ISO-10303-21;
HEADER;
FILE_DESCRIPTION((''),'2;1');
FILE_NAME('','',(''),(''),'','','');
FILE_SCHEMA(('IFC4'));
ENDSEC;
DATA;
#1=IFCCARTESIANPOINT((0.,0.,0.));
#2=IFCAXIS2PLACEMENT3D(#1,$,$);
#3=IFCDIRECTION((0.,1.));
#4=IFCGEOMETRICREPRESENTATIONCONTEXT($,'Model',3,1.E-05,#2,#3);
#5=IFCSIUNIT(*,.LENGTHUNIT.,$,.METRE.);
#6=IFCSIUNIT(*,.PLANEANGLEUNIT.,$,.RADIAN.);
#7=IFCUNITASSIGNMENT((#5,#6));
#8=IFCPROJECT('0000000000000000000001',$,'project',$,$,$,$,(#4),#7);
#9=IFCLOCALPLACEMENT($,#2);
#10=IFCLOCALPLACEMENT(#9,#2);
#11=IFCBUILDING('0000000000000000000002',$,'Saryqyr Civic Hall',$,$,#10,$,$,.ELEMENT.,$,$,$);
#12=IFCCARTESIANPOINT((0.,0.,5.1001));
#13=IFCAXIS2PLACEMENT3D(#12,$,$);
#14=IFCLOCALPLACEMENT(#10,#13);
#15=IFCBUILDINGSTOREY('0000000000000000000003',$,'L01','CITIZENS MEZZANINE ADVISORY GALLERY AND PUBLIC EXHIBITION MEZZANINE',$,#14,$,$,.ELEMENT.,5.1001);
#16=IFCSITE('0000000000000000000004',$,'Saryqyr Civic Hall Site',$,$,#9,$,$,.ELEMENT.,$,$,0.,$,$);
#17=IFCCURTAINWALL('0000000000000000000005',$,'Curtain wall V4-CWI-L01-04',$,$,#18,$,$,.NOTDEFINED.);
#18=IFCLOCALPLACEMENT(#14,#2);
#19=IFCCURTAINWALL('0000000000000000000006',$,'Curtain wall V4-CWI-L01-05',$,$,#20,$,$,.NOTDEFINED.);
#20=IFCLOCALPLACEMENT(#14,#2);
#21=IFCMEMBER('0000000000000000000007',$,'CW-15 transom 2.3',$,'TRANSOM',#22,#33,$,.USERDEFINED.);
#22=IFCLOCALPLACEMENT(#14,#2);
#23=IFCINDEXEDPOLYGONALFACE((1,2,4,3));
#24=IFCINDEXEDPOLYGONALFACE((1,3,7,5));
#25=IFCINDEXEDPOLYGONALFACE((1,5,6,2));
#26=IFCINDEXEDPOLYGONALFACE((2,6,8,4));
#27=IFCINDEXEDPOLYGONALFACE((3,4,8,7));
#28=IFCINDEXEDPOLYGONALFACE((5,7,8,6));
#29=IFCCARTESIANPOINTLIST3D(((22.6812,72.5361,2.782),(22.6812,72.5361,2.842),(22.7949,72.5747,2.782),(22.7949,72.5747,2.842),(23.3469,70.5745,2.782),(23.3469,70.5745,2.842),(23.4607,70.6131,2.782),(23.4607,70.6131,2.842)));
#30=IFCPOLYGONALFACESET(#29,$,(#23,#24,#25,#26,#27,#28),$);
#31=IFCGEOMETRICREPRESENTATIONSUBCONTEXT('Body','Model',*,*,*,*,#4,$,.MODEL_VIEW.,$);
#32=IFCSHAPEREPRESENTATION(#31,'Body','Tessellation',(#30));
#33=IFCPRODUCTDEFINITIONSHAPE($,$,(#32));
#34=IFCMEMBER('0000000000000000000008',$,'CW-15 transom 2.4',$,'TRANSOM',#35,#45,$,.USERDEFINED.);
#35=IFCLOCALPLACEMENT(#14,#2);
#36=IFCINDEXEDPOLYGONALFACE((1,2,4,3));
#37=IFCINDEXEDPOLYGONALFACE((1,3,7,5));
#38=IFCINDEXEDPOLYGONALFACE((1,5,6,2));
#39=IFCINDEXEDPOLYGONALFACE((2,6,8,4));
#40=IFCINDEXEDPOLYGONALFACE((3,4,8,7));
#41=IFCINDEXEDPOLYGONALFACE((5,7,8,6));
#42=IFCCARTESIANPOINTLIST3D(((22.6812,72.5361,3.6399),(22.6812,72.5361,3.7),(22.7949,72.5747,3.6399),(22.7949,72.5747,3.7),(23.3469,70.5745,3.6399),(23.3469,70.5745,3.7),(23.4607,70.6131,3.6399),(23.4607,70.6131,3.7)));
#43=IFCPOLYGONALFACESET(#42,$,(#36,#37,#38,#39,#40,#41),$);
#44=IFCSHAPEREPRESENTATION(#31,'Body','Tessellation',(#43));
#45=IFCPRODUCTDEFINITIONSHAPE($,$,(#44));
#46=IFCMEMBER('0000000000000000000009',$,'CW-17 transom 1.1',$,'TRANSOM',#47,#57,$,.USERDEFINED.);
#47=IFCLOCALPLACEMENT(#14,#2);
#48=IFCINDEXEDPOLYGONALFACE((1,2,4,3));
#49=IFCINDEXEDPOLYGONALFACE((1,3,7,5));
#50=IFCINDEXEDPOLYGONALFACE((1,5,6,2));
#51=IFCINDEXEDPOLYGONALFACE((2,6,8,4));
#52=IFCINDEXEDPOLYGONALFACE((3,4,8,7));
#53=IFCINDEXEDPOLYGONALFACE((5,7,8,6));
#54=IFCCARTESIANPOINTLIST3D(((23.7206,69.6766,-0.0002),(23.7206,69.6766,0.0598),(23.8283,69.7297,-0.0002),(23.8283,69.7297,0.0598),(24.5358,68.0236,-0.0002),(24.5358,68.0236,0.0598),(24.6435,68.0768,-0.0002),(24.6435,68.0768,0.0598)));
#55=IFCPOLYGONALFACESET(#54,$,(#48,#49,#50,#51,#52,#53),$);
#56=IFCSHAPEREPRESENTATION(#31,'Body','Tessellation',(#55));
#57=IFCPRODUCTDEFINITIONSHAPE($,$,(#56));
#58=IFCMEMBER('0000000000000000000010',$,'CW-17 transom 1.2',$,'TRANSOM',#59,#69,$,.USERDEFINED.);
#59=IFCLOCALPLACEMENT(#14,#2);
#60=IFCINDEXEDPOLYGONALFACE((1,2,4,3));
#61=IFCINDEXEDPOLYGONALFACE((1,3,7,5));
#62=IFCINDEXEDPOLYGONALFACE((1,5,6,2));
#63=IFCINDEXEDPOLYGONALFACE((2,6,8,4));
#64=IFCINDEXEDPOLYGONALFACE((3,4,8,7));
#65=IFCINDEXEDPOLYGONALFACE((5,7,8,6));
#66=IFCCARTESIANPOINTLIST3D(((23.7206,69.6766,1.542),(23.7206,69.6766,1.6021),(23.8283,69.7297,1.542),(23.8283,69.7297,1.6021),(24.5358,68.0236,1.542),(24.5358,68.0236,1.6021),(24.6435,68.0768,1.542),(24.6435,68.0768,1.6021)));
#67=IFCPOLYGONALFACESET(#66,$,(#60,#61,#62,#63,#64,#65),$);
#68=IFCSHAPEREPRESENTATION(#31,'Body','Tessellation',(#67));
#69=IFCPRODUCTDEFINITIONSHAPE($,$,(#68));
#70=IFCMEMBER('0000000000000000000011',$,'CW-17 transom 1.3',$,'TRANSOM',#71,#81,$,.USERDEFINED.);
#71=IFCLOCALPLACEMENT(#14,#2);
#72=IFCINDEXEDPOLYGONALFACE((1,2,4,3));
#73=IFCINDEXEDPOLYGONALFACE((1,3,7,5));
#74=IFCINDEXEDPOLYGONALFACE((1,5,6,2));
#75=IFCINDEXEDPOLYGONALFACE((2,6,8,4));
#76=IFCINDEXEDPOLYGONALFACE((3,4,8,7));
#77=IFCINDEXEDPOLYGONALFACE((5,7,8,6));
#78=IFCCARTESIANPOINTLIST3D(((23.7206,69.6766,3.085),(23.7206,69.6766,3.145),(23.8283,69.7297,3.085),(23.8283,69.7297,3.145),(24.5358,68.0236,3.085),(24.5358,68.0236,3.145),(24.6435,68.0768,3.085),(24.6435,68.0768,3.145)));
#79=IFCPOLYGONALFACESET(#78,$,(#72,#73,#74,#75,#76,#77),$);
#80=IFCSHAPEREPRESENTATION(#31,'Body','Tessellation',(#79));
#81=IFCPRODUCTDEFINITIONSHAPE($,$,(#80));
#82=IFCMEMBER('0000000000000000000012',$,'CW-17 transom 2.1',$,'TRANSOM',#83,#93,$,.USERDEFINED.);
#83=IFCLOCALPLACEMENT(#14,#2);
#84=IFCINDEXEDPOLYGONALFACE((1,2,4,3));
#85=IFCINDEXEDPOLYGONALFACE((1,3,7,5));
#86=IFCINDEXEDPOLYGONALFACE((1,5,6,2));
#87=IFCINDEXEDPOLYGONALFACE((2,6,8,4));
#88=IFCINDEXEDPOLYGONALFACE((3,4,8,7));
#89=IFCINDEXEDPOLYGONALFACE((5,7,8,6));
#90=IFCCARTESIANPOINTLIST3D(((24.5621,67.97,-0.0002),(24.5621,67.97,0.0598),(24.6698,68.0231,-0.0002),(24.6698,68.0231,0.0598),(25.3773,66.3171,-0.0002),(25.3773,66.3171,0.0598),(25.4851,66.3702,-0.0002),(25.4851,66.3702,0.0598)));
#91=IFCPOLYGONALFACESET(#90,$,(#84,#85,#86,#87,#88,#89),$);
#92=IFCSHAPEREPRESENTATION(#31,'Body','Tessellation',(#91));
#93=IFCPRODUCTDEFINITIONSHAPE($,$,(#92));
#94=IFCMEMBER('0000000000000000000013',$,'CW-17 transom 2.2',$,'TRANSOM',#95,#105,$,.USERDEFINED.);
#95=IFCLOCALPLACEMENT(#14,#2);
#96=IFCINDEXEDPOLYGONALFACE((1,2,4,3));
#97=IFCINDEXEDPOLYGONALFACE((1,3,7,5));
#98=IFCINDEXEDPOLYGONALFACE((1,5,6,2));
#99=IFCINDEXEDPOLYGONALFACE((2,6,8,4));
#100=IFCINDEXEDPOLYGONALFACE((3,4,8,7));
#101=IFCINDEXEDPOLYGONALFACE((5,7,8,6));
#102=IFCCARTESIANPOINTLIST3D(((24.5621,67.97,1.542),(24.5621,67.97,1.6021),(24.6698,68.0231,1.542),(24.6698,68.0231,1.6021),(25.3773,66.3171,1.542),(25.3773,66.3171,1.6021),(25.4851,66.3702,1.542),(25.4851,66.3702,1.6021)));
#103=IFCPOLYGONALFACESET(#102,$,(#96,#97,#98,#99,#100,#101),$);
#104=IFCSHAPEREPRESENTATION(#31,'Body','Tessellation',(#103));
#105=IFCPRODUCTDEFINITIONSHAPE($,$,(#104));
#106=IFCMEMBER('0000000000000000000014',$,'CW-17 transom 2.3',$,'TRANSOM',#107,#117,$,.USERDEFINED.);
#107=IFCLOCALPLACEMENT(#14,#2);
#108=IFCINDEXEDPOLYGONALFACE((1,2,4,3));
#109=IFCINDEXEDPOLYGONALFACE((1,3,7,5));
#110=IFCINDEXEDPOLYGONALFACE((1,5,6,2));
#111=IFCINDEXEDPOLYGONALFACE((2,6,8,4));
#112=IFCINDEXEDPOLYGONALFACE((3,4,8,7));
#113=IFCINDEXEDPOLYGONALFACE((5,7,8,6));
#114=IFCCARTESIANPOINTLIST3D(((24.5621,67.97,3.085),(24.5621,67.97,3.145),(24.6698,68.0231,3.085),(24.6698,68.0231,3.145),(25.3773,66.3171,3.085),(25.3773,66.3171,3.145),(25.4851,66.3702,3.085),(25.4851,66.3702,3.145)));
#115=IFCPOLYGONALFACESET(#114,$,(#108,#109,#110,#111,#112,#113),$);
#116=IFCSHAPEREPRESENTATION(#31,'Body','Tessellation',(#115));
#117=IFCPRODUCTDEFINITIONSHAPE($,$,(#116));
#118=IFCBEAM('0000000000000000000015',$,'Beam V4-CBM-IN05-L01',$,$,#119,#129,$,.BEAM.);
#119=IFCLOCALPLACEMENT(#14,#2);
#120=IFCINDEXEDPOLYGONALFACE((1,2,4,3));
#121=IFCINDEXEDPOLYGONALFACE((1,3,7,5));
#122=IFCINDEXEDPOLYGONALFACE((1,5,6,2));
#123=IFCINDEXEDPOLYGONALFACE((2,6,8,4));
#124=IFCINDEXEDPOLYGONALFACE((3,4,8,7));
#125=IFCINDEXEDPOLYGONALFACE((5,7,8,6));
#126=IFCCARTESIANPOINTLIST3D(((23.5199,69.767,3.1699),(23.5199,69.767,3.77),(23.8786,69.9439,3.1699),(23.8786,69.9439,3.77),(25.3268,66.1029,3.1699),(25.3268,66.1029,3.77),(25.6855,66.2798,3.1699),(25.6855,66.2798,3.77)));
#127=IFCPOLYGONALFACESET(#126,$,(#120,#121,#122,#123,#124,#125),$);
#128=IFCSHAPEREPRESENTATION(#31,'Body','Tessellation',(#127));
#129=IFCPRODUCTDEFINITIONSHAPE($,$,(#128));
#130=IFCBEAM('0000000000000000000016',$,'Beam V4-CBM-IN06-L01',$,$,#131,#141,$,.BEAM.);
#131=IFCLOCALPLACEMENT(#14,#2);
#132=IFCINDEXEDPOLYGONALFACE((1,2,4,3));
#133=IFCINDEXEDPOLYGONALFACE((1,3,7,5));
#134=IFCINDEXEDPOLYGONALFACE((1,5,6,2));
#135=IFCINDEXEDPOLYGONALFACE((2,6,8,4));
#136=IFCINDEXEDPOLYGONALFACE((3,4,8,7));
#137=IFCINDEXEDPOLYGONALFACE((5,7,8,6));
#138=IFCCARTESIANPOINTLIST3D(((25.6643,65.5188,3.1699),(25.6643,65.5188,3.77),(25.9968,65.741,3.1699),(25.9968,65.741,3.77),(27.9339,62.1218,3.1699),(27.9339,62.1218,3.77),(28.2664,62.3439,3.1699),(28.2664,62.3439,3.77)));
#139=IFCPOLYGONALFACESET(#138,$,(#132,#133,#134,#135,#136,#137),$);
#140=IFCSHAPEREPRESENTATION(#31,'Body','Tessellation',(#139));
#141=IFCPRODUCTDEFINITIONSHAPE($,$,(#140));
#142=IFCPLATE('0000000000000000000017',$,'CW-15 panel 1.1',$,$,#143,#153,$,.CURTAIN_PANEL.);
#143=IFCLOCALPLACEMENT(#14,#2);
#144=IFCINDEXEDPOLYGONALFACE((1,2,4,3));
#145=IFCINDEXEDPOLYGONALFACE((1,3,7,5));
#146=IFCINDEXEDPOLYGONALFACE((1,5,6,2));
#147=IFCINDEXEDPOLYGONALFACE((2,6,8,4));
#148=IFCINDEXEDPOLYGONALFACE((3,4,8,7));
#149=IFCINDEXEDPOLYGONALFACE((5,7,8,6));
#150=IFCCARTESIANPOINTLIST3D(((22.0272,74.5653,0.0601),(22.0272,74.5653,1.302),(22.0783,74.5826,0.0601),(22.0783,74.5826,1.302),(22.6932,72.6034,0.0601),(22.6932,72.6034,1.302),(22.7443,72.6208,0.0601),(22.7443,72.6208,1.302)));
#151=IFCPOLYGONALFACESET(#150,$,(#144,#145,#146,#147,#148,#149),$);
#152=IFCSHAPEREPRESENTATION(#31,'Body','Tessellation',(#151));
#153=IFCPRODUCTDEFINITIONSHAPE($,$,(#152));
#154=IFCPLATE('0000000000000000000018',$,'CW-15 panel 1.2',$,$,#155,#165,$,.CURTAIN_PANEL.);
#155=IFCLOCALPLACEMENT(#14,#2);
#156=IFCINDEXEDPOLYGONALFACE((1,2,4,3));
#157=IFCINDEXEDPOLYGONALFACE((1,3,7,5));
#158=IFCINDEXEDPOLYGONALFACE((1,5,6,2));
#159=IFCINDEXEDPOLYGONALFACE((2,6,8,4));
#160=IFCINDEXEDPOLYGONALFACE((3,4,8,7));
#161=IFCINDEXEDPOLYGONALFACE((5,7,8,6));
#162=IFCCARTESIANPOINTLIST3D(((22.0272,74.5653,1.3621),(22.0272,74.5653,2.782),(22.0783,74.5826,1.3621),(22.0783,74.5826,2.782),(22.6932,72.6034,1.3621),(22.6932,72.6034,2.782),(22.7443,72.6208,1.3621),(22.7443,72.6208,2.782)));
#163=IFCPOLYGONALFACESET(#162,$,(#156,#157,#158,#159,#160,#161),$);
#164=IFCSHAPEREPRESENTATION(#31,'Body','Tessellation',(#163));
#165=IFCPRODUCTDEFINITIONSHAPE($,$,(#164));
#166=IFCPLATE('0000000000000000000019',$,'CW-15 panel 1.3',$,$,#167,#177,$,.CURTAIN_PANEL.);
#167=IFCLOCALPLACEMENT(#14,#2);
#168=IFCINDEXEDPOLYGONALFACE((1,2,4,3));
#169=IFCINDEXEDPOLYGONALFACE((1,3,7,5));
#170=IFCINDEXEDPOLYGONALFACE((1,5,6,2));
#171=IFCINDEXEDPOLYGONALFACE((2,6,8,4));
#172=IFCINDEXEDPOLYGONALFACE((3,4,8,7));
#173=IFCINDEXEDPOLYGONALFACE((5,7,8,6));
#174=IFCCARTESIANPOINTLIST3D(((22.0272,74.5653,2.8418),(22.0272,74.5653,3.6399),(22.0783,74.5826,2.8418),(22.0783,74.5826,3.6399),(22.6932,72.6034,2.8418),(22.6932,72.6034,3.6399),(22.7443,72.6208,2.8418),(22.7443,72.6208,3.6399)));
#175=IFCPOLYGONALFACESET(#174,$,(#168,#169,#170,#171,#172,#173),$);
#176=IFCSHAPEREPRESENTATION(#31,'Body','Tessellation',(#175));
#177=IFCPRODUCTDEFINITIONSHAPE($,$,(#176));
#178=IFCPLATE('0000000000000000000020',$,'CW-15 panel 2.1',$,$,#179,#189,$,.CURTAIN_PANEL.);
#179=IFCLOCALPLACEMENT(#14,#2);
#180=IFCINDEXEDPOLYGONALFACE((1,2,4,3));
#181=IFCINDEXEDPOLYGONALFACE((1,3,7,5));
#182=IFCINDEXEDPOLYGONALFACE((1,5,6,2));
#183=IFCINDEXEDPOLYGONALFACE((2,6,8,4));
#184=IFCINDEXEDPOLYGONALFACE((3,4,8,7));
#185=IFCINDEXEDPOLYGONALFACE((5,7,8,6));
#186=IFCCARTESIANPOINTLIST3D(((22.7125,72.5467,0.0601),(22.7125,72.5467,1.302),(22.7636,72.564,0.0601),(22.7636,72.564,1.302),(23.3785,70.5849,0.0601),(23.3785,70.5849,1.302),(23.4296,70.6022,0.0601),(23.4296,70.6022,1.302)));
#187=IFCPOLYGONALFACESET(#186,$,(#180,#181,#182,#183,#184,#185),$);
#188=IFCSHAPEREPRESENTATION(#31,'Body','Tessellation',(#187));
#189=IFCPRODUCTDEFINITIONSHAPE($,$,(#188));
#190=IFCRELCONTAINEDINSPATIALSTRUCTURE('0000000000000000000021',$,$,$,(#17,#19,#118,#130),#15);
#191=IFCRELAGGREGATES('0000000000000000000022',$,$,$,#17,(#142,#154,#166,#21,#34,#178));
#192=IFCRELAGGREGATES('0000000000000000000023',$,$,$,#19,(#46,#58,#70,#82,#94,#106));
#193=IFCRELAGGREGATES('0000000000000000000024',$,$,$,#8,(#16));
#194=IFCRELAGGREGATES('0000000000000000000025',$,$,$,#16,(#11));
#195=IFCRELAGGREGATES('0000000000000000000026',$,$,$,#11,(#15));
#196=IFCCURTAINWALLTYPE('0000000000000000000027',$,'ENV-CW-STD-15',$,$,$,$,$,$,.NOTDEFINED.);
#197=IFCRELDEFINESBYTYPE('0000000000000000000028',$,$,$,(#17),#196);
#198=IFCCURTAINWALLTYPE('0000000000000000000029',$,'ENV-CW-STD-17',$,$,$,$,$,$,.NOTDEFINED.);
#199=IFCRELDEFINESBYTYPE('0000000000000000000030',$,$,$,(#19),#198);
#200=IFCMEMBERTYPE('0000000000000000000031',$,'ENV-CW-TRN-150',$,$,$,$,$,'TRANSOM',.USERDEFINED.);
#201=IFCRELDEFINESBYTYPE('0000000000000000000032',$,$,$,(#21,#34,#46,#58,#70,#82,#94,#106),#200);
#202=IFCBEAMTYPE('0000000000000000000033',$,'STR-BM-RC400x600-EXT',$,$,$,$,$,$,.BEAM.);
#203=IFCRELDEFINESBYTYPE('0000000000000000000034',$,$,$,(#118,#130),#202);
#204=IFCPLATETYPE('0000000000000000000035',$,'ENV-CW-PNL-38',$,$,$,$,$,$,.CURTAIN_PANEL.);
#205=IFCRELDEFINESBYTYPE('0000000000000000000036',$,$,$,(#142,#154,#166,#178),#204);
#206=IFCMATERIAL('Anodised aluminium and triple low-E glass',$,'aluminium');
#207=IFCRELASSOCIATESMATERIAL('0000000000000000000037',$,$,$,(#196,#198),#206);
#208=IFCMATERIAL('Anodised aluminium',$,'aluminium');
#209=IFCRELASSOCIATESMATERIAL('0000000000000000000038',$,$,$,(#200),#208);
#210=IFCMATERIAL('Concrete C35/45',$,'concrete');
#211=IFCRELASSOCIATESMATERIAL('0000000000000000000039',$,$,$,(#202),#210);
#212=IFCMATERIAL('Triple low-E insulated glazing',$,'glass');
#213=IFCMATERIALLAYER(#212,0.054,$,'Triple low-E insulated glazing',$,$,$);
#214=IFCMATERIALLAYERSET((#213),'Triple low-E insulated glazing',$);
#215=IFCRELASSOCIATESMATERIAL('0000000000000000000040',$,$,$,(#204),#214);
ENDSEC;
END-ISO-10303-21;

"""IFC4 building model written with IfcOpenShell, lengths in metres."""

from ifc_helpers import new_model, si_unit, direction, frame, origin, origin_2d, place, context, subcontext, project, spatial, rectangle, extrude, material, layer, layer_set, material_profile, profile_set, type_object, element, aggregate, save


model = new_model("IFC4")

# Units and contexts
model_context = context("Model", 3, precision=1e-05, world=origin(), true_north=direction((0.0, 1.0)))
body_context = subcontext(model_context, "Body", "Model", "MODEL_VIEW")
ifc_project = project(units=[si_unit("LENGTHUNIT", "METRE"), si_unit("PLANEANGLEUNIT", "RADIAN")], contexts=[model_context])

# Site, building, storey
site_placement = place(None, origin())
site = spatial("IfcSite", under=ifc_project, at=site_placement, Name="Saryqyr Civic Hall Site", CompositionType="ELEMENT", RefElevation=0.0)
building_placement = place(site_placement, origin())
building = spatial("IfcBuilding", under=site, at=building_placement, Name="Saryqyr Civic Hall", CompositionType="ELEMENT")
storey_placement = place(building_placement, frame((0.0, 0.0, 5.1001)))
storey = spatial("IfcBuildingStorey", under=building, at=storey_placement, Name="L01", Description="CITIZENS MEZZANINE ADVISORY GALLERY AND PUBLIC EXHIBITION MEZZANINE", CompositionType="ELEMENT", Elevation=5.1001)

# Curtain walls
ifc_material_1 = material(Name="Anodised aluminium and triple low-E glass", Category="aluminium")
curtain_wall_type_1 = type_object("IfcCurtainWallType", Name="ENV-CW-STD-15", PredefinedType="NOTDEFINED", material=ifc_material_1)
curtain_wall_1_placement = place(storey_placement, origin())
curtain_wall_1 = element("IfcCurtainWall", 1, at=curtain_wall_1_placement, inside=storey, type_object=curtain_wall_type_1, Name="Curtain wall V4-CWI-L01-04", PredefinedType="NOTDEFINED")
ifc_material_2 = material(Name="Anodised aluminium", Category="aluminium")
curtain_wall_type_2 = type_object("IfcCurtainWallType", Name="ENV-CW-STD-17", PredefinedType="NOTDEFINED", material=ifc_material_1)
curtain_wall_2_placement = place(storey_placement, origin())
curtain_wall_2 = element("IfcCurtainWall", 2, at=curtain_wall_2_placement, inside=storey, type_object=curtain_wall_type_2, Name="Curtain wall V4-CWI-L01-05", PredefinedType="NOTDEFINED")

# Members
ifc_material_profile_1 = material_profile(ifc_material_2, rectangle(XDim=0.1201, YDim=0.0601, at=origin_2d()), Name="ALU TRANSOM 120x60")
ifc_profile_set_1 = profile_set([ifc_material_profile_1], Name="Anodised aluminium")
member_type_1 = type_object("IfcMemberType", Name="ENV-CW-TRN-150", ElementType="TRANSOM", PredefinedType="USERDEFINED", material=ifc_profile_set_1)
member_1_placement = place(storey_placement, frame((22.738, 72.5554, 2.812), z_axis=(0.321385, -0.946949, 0.0), x_axis=(0.946949, 0.321385, 0.0)))
member_1 = element("IfcMember", 3, at=member_1_placement, type_object=member_type_1, Name="CW-15 transom 2.3", ObjectType="TRANSOM", PredefinedType="USERDEFINED", context=body_context, shape_type="SweptSolid", body=[
    extrude(rectangle(XDim=0.1201, YDim=0.0601, at=origin_2d()), origin(), (0.0, 0.0, 1.0), 2.0715),
])
member_2_placement = place(storey_placement, frame((22.738, 72.5554, 3.6699), z_axis=(0.321385, -0.946949, 0.0), x_axis=(0.946949, 0.321385, 0.0)))
member_2 = element("IfcMember", 4, at=member_2_placement, type_object=member_type_1, Name="CW-15 transom 2.4", ObjectType="TRANSOM", PredefinedType="USERDEFINED", context=body_context, shape_type="SweptSolid", body=[
    extrude(rectangle(XDim=0.1201, YDim=0.0601, at=origin_2d()), origin(), (0.0, 0.0, 1.0), 2.0715),
])
member_3_placement = place(storey_placement, frame((23.7744, 69.7031, 0.0298), z_axis=(0.442332, -0.896851, 0.0), x_axis=(0.896851, 0.442332, 0.0)))
member_3 = element("IfcMember", 5, at=member_3_placement, type_object=member_type_1, Name="CW-17 transom 1.1", ObjectType="TRANSOM", PredefinedType="USERDEFINED", context=body_context, shape_type="SweptSolid", body=[
    extrude(rectangle(XDim=0.1201, YDim=0.0601, at=origin_2d()), origin(), (0.0, 0.0, 1.0), 1.843),
])
member_4_placement = place(storey_placement, frame((23.7744, 69.7031, 1.572), z_axis=(0.442332, -0.896851, 0.0), x_axis=(0.896851, 0.442332, 0.0)))
member_4 = element("IfcMember", 6, at=member_4_placement, type_object=member_type_1, Name="CW-17 transom 1.2", ObjectType="TRANSOM", PredefinedType="USERDEFINED", context=body_context, shape_type="SweptSolid", body=[
    extrude(rectangle(XDim=0.1201, YDim=0.0601, at=origin_2d()), origin(), (0.0, 0.0, 1.0), 1.843),
])
member_5_placement = place(storey_placement, frame((23.7744, 69.7031, 3.115), z_axis=(0.442332, -0.896851, 0.0), x_axis=(0.896851, 0.442332, 0.0)))
member_5 = element("IfcMember", 7, at=member_5_placement, type_object=member_type_1, Name="CW-17 transom 1.3", ObjectType="TRANSOM", PredefinedType="USERDEFINED", context=body_context, shape_type="SweptSolid", body=[
    extrude(rectangle(XDim=0.1201, YDim=0.0601, at=origin_2d()), origin(), (0.0, 0.0, 1.0), 1.843),
])
member_6_placement = place(storey_placement, frame((24.616, 67.9966, 0.0298), z_axis=(0.442332, -0.896851, 0.0), x_axis=(0.896851, 0.442332, 0.0)))
member_6 = element("IfcMember", 8, at=member_6_placement, type_object=member_type_1, Name="CW-17 transom 2.1", ObjectType="TRANSOM", PredefinedType="USERDEFINED", context=body_context, shape_type="SweptSolid", body=[
    extrude(rectangle(XDim=0.1201, YDim=0.0601, at=origin_2d()), origin(), (0.0, 0.0, 1.0), 1.843),
])
member_7_placement = place(storey_placement, frame((24.616, 67.9966, 1.572), z_axis=(0.442332, -0.896851, 0.0), x_axis=(0.896851, 0.442332, 0.0)))
member_7 = element("IfcMember", 9, at=member_7_placement, type_object=member_type_1, Name="CW-17 transom 2.2", ObjectType="TRANSOM", PredefinedType="USERDEFINED", context=body_context, shape_type="SweptSolid", body=[
    extrude(rectangle(XDim=0.1201, YDim=0.0601, at=origin_2d()), origin(), (0.0, 0.0, 1.0), 1.843),
])
member_8_placement = place(storey_placement, frame((24.616, 67.9966, 3.115), z_axis=(0.442332, -0.896851, 0.0), x_axis=(0.896851, 0.442332, 0.0)))
member_8 = element("IfcMember", 10, at=member_8_placement, type_object=member_type_1, Name="CW-17 transom 2.3", ObjectType="TRANSOM", PredefinedType="USERDEFINED", context=body_context, shape_type="SweptSolid", body=[
    extrude(rectangle(XDim=0.1201, YDim=0.0601, at=origin_2d()), origin(), (0.0, 0.0, 1.0), 1.843),
])

# Beams
ifc_material_3 = material(Name="Concrete C35/45", Category="concrete")
ifc_material_profile_2 = material_profile(ifc_material_3, rectangle(XDim=0.3999, YDim=0.6001, at=origin_2d()), Name="RC 400x600")
ifc_profile_set_2 = profile_set([ifc_material_profile_2], Name="Concrete C35/45")
beam_type = type_object("IfcBeamType", Name="STR-BM-RC400x600-EXT", PredefinedType="BEAM", material=ifc_profile_set_2)
for number, where, z_axis, x_axis, name in (
    (11, (23.6992, 69.8555, 3.47), (0.442283, -0.896876, 0.0), (0.896876, 0.442283, 0.0), "Beam V4-CBM-IN05-L01"),
    (12, (25.8306, 65.6299, 3.47), (0.555527, -0.831498, 0.0), (0.831498, 0.555527, 0.0), "Beam V4-CBM-IN06-L01"),
):
    element("IfcBeam", number, at=place(storey_placement, frame(where, z_axis=z_axis, x_axis=x_axis)), inside=storey, type_object=beam_type, Name=name, PredefinedType="BEAM", context=body_context, shape_type="SweptSolid", body=[
        extrude(rectangle(XDim=0.3999, YDim=0.6001, at=origin_2d()), origin(), (0.0, 0.0, 1.0), 4.0854),
    ])

# Plates
ifc_material_4 = material(Name="Triple low-E insulated glazing", Category="glass")
ifc_layer = layer(ifc_material_4, 0.054, Name="Triple low-E insulated glazing")
ifc_layer_set = layer_set([ifc_layer], Name="Triple low-E insulated glazing")
plate_type = type_object("IfcPlateType", Name="ENV-CW-PNL-38", PredefinedType="CURTAIN_PANEL", material=ifc_layer_set)
plate_1_placement = place(storey_placement, frame((22.3857, 73.593, 0.0601), z_axis=(0.0, 0.0, 1.0), x_axis=(0.321441, -0.94693, 0.0)))
plate_1 = element("IfcPlate", 13, at=plate_1_placement, type_object=plate_type, Name="CW-15 panel 1.1", PredefinedType="CURTAIN_PANEL", context=body_context, shape_type="SweptSolid", body=[
    extrude(rectangle(XDim=2.0718, YDim=0.054, at=origin_2d()), origin(), (0.0, 0.0, 1.0), 1.2419),
])
plate_2_placement = place(storey_placement, frame((22.3857, 73.593, 1.3621), z_axis=(0.0, 0.0, 1.0), x_axis=(0.321441, -0.94693, 0.0)))
plate_2 = element("IfcPlate", 14, at=plate_2_placement, type_object=plate_type, Name="CW-15 panel 1.2", PredefinedType="CURTAIN_PANEL", context=body_context, shape_type="SweptSolid", body=[
    extrude(rectangle(XDim=2.0718, YDim=0.054, at=origin_2d()), origin(), (0.0, 0.0, 1.0), 1.4199),
])
plate_3_placement = place(storey_placement, frame((22.3857, 73.593, 2.8418), z_axis=(0.0, 0.0, 1.0), x_axis=(0.321441, -0.94693, 0.0)))
plate_3 = element("IfcPlate", 15, at=plate_3_placement, type_object=plate_type, Name="CW-15 panel 1.3", PredefinedType="CURTAIN_PANEL", context=body_context, shape_type="SweptSolid", body=[
    extrude(rectangle(XDim=2.0718, YDim=0.054, at=origin_2d()), origin(), (0.0, 0.0, 1.0), 0.7981),
])
plate_4_placement = place(storey_placement, frame((23.071, 71.5745, 0.0601), z_axis=(0.0, 0.0, 1.0), x_axis=(0.321441, -0.94693, 0.0)))
plate_4 = element("IfcPlate", 16, at=plate_4_placement, type_object=plate_type, Name="CW-15 panel 2.1", PredefinedType="CURTAIN_PANEL", context=body_context, shape_type="SweptSolid", body=[
    extrude(rectangle(XDim=2.0718, YDim=0.054, at=origin_2d()), origin(), (0.0, 0.0, 1.0), 1.2419),
])
aggregate(curtain_wall_1, [plate_1, plate_2, plate_3, member_1, member_2, plate_4])
aggregate(curtain_wall_2, [member_3, member_4, member_5, member_6, member_7, member_8])

save(model, "model.ifc")
